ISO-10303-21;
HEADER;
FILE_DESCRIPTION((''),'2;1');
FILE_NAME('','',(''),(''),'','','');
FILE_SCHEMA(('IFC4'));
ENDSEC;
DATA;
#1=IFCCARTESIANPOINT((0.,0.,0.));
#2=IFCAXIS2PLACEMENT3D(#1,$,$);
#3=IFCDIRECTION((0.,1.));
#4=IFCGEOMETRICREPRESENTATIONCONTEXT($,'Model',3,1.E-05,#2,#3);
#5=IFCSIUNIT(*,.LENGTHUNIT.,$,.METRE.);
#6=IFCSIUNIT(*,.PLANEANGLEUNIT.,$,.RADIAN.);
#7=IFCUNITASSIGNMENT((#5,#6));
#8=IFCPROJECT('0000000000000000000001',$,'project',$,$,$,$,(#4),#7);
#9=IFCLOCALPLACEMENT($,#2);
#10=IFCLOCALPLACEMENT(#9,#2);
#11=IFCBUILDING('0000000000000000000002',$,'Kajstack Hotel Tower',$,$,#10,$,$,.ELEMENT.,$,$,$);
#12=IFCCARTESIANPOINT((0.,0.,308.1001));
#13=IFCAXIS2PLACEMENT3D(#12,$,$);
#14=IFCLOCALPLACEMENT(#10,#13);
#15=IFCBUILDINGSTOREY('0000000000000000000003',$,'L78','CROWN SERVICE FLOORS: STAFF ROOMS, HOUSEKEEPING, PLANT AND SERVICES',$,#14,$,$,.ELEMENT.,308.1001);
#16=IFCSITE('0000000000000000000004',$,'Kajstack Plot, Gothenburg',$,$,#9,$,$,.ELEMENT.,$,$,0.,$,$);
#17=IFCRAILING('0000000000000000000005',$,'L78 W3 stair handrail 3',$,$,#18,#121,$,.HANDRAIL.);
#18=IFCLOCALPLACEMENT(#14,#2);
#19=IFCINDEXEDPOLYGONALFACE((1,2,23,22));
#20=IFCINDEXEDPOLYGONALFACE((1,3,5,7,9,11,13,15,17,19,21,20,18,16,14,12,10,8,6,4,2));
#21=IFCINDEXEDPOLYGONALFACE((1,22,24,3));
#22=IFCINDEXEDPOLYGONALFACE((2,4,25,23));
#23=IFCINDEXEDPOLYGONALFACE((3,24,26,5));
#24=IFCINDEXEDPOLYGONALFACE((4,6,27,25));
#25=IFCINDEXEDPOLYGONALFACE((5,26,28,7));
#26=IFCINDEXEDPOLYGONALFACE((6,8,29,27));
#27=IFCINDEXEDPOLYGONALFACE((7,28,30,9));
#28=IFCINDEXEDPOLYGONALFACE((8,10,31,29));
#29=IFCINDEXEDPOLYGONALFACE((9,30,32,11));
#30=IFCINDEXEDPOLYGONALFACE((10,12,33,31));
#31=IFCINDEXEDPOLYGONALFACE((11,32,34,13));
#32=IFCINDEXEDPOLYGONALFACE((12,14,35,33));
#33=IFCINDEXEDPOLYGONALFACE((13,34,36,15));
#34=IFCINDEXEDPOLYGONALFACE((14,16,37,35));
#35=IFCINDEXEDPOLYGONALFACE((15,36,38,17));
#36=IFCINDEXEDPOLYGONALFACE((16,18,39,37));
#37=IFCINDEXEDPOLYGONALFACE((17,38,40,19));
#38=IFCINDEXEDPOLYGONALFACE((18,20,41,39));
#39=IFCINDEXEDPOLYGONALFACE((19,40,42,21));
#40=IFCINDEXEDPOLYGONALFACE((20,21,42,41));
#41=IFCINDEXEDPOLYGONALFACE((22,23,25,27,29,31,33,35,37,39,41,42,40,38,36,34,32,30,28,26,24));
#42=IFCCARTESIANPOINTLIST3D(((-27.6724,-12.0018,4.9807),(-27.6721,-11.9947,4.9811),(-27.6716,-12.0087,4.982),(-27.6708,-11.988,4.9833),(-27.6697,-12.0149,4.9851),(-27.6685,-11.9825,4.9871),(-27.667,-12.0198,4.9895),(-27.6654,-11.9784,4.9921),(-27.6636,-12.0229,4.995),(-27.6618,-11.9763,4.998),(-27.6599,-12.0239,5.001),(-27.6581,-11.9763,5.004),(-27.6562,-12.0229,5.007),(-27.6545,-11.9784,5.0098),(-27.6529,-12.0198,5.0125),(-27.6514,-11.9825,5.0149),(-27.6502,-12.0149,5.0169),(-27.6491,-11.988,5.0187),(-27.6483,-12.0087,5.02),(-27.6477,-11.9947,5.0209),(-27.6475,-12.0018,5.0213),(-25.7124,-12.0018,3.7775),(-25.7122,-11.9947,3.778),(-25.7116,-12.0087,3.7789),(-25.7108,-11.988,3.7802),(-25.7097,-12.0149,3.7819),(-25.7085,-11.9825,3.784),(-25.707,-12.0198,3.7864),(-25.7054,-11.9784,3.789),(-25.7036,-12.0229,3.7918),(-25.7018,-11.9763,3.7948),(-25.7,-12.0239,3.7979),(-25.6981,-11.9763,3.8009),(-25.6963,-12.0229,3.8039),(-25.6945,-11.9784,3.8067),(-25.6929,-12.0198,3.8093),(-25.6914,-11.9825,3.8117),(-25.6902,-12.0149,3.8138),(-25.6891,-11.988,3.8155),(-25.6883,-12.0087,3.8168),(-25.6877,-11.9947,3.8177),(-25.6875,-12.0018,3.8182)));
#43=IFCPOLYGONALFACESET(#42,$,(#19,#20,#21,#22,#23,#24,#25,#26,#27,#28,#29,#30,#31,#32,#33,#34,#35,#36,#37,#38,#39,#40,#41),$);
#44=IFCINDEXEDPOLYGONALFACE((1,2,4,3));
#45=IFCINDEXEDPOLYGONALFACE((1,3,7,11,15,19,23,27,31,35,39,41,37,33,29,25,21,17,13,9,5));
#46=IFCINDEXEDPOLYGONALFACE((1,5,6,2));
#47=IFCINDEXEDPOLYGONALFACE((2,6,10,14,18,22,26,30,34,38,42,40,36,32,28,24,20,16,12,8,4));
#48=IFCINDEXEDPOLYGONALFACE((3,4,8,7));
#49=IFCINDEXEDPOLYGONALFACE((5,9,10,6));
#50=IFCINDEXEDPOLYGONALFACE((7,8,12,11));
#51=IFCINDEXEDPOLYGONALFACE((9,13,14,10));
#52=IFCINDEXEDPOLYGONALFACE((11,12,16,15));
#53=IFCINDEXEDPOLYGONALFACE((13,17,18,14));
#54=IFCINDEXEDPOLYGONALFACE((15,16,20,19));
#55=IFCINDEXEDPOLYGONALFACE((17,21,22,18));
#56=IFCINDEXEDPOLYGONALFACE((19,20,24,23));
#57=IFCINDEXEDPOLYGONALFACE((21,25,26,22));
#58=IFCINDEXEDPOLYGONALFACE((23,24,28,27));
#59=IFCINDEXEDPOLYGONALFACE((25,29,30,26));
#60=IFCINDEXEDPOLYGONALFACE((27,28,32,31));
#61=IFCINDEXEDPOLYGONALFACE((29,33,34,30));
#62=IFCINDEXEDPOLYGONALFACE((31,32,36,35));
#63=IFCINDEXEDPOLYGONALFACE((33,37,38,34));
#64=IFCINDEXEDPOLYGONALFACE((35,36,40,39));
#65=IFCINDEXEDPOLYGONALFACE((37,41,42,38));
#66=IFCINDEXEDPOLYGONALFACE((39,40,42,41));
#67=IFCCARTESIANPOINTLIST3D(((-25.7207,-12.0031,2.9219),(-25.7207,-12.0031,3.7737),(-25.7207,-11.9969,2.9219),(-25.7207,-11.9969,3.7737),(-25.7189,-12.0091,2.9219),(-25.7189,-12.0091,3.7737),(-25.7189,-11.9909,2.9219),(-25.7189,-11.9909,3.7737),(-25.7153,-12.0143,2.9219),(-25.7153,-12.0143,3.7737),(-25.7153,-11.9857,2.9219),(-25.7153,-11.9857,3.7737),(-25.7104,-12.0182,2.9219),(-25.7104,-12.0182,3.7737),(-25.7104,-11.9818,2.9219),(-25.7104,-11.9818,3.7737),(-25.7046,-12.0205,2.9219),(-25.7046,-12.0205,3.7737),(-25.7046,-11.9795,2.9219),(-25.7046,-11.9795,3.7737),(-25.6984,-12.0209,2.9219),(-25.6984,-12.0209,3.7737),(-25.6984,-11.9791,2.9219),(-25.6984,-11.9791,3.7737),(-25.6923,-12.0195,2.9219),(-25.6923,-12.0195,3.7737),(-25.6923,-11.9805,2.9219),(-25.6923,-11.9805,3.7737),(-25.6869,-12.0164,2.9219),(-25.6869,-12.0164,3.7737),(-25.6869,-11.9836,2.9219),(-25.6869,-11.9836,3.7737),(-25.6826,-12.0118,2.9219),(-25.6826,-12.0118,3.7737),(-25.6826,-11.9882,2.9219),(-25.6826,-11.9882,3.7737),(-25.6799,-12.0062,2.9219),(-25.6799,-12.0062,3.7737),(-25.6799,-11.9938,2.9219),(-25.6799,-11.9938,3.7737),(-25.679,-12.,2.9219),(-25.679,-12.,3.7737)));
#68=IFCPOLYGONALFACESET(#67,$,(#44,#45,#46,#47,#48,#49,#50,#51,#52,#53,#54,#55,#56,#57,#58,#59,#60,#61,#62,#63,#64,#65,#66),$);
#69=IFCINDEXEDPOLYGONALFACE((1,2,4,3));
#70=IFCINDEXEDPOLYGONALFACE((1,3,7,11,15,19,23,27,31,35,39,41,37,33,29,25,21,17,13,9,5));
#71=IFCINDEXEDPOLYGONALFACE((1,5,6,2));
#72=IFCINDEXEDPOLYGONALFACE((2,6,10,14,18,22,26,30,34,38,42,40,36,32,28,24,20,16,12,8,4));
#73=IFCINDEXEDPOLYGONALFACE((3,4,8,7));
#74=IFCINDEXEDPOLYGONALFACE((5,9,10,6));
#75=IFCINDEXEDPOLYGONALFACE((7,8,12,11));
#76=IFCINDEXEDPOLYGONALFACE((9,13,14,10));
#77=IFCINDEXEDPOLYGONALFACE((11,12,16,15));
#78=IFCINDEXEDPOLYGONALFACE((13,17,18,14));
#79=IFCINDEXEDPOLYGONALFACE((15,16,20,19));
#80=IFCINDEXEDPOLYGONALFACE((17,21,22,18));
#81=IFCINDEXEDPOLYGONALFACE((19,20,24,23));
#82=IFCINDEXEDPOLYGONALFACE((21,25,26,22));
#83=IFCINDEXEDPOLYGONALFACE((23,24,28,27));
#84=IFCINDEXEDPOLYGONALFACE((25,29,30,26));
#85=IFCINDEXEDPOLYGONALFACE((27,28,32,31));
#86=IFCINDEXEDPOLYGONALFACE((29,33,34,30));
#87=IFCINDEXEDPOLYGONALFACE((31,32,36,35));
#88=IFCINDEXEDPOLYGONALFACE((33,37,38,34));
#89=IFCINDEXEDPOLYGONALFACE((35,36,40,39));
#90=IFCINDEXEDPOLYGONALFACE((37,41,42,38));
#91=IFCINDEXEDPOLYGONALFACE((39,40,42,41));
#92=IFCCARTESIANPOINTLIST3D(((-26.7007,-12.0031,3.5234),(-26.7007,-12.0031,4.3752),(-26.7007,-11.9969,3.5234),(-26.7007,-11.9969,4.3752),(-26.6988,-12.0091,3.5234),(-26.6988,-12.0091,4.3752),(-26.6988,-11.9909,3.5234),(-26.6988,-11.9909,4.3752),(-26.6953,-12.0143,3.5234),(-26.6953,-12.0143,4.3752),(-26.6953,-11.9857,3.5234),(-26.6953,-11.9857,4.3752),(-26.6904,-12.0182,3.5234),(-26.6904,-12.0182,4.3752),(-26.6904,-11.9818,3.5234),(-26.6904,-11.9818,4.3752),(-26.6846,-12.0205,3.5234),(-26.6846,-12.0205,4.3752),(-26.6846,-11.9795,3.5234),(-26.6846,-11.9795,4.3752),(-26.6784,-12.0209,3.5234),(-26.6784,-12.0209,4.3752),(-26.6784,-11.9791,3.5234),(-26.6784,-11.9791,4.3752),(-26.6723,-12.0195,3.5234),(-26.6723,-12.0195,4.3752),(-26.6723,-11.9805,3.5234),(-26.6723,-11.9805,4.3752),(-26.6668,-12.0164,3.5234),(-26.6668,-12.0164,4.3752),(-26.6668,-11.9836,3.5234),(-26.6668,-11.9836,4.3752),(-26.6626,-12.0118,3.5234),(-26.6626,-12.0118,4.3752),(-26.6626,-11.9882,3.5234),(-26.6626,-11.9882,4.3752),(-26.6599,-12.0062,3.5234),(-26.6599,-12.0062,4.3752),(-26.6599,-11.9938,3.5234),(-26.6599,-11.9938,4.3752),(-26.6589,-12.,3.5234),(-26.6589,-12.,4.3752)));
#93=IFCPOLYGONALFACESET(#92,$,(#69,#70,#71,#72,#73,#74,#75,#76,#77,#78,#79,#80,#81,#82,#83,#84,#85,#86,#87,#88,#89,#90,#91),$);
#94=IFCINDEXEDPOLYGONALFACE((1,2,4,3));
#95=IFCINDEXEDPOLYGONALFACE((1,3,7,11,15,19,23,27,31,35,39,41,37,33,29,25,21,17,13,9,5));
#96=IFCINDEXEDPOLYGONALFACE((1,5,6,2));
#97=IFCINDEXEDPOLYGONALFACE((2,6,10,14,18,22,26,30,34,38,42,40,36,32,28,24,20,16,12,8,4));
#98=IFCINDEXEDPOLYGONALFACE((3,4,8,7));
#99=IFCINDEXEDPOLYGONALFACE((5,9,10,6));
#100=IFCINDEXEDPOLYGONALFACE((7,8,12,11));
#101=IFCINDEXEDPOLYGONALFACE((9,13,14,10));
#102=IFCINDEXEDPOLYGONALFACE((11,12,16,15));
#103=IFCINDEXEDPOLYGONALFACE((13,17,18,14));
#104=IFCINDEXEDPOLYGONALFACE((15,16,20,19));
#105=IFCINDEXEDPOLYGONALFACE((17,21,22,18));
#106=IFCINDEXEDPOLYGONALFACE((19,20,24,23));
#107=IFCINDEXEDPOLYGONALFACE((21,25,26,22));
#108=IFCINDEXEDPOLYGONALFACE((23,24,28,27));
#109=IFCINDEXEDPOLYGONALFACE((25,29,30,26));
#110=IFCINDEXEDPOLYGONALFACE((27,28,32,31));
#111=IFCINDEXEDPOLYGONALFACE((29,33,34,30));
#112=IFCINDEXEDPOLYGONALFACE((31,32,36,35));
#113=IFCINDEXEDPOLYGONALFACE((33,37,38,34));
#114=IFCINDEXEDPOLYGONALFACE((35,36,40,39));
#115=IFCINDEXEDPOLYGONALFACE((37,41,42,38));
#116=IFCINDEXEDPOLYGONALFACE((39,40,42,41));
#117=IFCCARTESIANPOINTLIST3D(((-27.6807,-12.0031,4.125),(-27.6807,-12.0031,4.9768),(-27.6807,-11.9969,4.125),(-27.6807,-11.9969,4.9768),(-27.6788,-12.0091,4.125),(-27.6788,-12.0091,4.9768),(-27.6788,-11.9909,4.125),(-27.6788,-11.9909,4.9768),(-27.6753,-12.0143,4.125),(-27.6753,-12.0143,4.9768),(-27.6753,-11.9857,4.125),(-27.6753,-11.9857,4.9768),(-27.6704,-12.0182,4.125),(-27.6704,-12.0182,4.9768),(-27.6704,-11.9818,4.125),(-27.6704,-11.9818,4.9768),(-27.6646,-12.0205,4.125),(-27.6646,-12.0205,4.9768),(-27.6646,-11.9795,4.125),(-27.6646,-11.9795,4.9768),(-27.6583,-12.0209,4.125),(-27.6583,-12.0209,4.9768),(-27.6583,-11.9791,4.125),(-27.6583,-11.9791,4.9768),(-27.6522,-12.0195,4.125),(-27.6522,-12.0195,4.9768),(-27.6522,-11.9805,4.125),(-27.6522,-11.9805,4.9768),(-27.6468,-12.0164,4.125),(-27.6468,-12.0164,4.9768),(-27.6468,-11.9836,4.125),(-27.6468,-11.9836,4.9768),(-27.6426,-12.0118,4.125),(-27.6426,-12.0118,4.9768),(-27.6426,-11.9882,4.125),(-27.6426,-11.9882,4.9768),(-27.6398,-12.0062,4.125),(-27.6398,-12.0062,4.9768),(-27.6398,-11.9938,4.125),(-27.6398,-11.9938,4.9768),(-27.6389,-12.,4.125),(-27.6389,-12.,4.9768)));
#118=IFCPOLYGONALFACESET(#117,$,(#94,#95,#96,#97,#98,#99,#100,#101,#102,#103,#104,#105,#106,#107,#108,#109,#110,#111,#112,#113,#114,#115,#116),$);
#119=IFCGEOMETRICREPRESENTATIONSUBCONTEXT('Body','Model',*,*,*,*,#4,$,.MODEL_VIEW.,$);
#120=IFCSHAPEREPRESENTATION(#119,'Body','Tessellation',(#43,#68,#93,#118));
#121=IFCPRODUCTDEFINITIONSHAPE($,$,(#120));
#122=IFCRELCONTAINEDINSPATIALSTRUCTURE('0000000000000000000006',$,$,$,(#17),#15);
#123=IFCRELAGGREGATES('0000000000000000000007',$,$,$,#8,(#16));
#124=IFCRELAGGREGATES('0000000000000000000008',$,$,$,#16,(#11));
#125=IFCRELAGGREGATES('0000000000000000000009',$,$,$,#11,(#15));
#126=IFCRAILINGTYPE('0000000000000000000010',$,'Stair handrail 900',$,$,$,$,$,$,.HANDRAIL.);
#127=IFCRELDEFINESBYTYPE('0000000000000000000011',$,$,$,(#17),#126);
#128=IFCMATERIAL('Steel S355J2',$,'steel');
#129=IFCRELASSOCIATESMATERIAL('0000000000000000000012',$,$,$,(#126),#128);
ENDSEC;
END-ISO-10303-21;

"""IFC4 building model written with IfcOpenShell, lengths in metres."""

from ifc_helpers import new_model, si_unit, direction, frame, origin, origin_2d, place, context, subcontext, project, spatial, circle, extrude, material, type_object, element, save


model = new_model("IFC4")

# Units and contexts
model_context = context("Model", 3, precision=1e-05, world=origin(), true_north=direction((0.0, 1.0)))
body_context = subcontext(model_context, "Body", "Model", "MODEL_VIEW")
ifc_project = project(units=[si_unit("LENGTHUNIT", "METRE"), si_unit("PLANEANGLEUNIT", "RADIAN")], contexts=[model_context])

# Site, building, storey
site_placement = place(None, origin())
site = spatial("IfcSite", under=ifc_project, at=site_placement, Name="Kajstack Plot, Gothenburg", CompositionType="ELEMENT", RefElevation=0.0)
building_placement = place(site_placement, origin())
building = spatial("IfcBuilding", under=site, at=building_placement, Name="Kajstack Hotel Tower", CompositionType="ELEMENT")
storey_placement = place(building_placement, frame((0.0, 0.0, 308.1001)))
storey = spatial("IfcBuildingStorey", under=building, at=storey_placement, Name="L78", Description="CROWN SERVICE FLOORS: STAFF ROOMS, HOUSEKEEPING, PLANT AND SERVICES", CompositionType="ELEMENT", Elevation=308.1001)

# Railing
ifc_material_1 = material(Name="Steel S355J2", Category="steel")
railing_type_1 = type_object("IfcRailingType", Name="Stair handrail 900", PredefinedType="HANDRAIL", material=ifc_material_1)
railing_1_placement = place(storey_placement, frame((-25.7, -12.0, 2.9219)))
element("IfcRailing", 1, at=railing_1_placement, inside=storey, type_object=railing_type_1, Name="L78 W3 stair handrail 3", PredefinedType="HANDRAIL", context=body_context, shape_type="SweptSolid", body=[
    extrude(circle(Radius=0.0239, at=origin_2d()), frame((0.0, 0.0, 0.876), z_axis=(-0.852241, 0.0, 0.523149), x_axis=(0.0, -1.0, 0.0)), (0.0, 0.0, 1.0), 2.2998),
    extrude(circle(Radius=0.021, at=origin_2d()), origin(), (0.0, 0.0, 1.0), 0.8518),
    extrude(circle(Radius=0.021, at=origin_2d()), frame((-0.98, 0.0, 0.6016)), (0.0, 0.0, 1.0), 0.8518),
    extrude(circle(Radius=0.021, at=origin_2d()), frame((-1.96, 0.0, 1.2031)), (0.0, 0.0, 1.0), 0.8518),
])

save(model, "model.ifc")
